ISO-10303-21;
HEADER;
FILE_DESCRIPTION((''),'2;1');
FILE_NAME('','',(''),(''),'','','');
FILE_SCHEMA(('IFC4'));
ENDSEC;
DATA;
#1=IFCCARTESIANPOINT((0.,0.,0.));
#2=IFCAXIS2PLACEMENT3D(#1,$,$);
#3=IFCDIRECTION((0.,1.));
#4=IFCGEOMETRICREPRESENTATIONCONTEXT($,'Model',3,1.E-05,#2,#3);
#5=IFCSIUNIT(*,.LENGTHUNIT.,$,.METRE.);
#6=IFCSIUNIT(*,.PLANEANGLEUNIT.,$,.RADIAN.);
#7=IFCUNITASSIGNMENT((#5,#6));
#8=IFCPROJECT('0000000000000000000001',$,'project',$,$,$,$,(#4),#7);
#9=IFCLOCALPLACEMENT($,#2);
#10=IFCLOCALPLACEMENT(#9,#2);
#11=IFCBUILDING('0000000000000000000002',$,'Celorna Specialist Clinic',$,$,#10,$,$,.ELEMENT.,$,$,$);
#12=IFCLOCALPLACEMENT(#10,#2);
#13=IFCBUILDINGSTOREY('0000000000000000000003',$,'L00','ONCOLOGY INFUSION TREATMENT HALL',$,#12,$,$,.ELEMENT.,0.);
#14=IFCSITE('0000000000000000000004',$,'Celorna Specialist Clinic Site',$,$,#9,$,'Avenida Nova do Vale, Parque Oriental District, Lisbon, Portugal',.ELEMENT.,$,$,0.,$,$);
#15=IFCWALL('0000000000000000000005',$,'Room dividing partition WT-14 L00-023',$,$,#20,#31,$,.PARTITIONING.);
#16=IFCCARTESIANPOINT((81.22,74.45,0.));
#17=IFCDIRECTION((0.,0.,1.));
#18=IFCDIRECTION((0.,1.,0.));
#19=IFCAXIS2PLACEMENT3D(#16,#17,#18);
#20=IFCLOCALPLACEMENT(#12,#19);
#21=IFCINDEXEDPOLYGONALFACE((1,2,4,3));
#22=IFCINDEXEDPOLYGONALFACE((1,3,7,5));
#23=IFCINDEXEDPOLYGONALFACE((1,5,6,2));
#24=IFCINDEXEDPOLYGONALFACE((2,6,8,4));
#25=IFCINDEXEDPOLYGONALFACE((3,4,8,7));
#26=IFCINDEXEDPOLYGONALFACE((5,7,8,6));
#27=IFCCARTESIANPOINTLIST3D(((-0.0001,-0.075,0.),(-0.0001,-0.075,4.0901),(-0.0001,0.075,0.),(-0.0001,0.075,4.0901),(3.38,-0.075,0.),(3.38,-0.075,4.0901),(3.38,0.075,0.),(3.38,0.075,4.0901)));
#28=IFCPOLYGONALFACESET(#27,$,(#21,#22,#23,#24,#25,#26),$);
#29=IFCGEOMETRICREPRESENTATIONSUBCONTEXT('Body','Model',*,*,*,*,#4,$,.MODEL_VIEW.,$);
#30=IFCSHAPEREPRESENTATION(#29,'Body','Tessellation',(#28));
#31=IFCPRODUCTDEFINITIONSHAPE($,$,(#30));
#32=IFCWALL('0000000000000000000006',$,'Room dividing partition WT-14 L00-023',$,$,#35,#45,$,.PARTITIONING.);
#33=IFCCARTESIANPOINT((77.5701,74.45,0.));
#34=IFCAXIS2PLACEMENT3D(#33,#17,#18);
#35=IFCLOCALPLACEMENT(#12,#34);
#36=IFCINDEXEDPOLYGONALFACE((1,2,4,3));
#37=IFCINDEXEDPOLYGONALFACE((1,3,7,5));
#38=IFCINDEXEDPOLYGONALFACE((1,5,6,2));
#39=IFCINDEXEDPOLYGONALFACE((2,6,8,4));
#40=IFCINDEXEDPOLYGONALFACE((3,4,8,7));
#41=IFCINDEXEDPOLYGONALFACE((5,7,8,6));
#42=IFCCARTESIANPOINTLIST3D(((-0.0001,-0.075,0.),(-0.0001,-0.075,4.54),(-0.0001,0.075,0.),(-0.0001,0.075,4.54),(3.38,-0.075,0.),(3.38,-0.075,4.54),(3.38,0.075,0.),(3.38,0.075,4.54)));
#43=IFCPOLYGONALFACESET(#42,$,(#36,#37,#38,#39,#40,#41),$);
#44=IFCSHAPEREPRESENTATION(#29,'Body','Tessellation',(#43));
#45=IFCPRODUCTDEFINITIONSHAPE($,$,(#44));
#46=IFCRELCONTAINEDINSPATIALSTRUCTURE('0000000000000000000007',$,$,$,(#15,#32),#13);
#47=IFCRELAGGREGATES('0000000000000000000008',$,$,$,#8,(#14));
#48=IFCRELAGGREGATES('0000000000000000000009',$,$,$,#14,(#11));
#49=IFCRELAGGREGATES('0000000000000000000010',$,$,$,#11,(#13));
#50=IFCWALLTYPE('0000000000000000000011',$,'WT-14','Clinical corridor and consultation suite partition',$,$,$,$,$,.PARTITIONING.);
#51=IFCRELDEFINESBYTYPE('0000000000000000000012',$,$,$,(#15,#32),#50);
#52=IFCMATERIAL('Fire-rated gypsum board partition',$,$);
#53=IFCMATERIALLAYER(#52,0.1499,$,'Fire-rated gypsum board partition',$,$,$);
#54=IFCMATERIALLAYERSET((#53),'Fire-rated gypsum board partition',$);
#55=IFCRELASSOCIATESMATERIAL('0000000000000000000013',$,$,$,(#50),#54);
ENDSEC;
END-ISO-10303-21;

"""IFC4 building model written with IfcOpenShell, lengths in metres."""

from ifc_helpers import new_model, si_unit, direction, frame, frame_2d, origin, place, context, subcontext, project, spatial, rectangle, extrude, material, layer, layer_set, type_object, element, save


model = new_model("IFC4")

# Units and contexts
model_context = context("Model", 3, precision=1e-05, world=origin(), true_north=direction((0.0, 1.0)))
body_context = subcontext(model_context, "Body", "Model", "MODEL_VIEW")
ifc_project = project(units=[si_unit("LENGTHUNIT", "METRE"), si_unit("PLANEANGLEUNIT", "RADIAN")], contexts=[model_context])

# Site, building, storey
site_placement = place(None, origin())
site = spatial("IfcSite", under=ifc_project, at=site_placement, Name="Celorna Specialist Clinic Site", LongName="Avenida Nova do Vale, Parque Oriental District, Lisbon, Portugal", CompositionType="ELEMENT", RefElevation=0.0)
building_placement = place(site_placement, origin())
building = spatial("IfcBuilding", under=site, at=building_placement, Name="Celorna Specialist Clinic", CompositionType="ELEMENT")
storey_placement = place(building_placement, origin())
storey = spatial("IfcBuildingStorey", under=building, at=storey_placement, Name="L00", Description="ONCOLOGY INFUSION TREATMENT HALL", CompositionType="ELEMENT", Elevation=0.0)

# Shared definitions
ifc_material_1 = material(Name="Fire-rated gypsum board partition")
ifc_layer_1 = layer(ifc_material_1, 0.1499, Name="Fire-rated gypsum board partition")
ifc_layer_set_1 = layer_set([ifc_layer_1], Name="Fire-rated gypsum board partition")
wall_type_1 = type_object("IfcWallType", Name="WT-14", Description="Clinical corridor and consultation suite partition", PredefinedType="PARTITIONING", material=ifc_layer_set_1)

# Walls
wall_1_placement = place(storey_placement, frame((81.22, 74.45, 0.0), z_axis=(0.0, 0.0, 1.0), x_axis=(0.0, 1.0, 0.0)))
element("IfcWall", 1, at=wall_1_placement, inside=storey, type_object=wall_type_1, Name="Room dividing partition WT-14 L00-023", PredefinedType="PARTITIONING", context=body_context, shape_type="SweptSolid", body=[
    extrude(rectangle(XDim=3.3801, YDim=0.1499, at=frame_2d((1.6899, 0.0))), origin(), (0.0, 0.0, 1.0), 4.0901),
])
wall_2_placement = place(storey_placement, frame((77.5701, 74.45, 0.0), z_axis=(0.0, 0.0, 1.0), x_axis=(0.0, 1.0, 0.0)))
element("IfcWall", 2, at=wall_2_placement, inside=storey, type_object=wall_type_1, Name="Room dividing partition WT-14 L00-023", PredefinedType="PARTITIONING", context=body_context, shape_type="SweptSolid", body=[
    extrude(rectangle(XDim=3.3801, YDim=0.1499, at=frame_2d((1.6899, 0.0))), origin(), (0.0, 0.0, 1.0), 4.54),
])

save(model, "model.ifc")
